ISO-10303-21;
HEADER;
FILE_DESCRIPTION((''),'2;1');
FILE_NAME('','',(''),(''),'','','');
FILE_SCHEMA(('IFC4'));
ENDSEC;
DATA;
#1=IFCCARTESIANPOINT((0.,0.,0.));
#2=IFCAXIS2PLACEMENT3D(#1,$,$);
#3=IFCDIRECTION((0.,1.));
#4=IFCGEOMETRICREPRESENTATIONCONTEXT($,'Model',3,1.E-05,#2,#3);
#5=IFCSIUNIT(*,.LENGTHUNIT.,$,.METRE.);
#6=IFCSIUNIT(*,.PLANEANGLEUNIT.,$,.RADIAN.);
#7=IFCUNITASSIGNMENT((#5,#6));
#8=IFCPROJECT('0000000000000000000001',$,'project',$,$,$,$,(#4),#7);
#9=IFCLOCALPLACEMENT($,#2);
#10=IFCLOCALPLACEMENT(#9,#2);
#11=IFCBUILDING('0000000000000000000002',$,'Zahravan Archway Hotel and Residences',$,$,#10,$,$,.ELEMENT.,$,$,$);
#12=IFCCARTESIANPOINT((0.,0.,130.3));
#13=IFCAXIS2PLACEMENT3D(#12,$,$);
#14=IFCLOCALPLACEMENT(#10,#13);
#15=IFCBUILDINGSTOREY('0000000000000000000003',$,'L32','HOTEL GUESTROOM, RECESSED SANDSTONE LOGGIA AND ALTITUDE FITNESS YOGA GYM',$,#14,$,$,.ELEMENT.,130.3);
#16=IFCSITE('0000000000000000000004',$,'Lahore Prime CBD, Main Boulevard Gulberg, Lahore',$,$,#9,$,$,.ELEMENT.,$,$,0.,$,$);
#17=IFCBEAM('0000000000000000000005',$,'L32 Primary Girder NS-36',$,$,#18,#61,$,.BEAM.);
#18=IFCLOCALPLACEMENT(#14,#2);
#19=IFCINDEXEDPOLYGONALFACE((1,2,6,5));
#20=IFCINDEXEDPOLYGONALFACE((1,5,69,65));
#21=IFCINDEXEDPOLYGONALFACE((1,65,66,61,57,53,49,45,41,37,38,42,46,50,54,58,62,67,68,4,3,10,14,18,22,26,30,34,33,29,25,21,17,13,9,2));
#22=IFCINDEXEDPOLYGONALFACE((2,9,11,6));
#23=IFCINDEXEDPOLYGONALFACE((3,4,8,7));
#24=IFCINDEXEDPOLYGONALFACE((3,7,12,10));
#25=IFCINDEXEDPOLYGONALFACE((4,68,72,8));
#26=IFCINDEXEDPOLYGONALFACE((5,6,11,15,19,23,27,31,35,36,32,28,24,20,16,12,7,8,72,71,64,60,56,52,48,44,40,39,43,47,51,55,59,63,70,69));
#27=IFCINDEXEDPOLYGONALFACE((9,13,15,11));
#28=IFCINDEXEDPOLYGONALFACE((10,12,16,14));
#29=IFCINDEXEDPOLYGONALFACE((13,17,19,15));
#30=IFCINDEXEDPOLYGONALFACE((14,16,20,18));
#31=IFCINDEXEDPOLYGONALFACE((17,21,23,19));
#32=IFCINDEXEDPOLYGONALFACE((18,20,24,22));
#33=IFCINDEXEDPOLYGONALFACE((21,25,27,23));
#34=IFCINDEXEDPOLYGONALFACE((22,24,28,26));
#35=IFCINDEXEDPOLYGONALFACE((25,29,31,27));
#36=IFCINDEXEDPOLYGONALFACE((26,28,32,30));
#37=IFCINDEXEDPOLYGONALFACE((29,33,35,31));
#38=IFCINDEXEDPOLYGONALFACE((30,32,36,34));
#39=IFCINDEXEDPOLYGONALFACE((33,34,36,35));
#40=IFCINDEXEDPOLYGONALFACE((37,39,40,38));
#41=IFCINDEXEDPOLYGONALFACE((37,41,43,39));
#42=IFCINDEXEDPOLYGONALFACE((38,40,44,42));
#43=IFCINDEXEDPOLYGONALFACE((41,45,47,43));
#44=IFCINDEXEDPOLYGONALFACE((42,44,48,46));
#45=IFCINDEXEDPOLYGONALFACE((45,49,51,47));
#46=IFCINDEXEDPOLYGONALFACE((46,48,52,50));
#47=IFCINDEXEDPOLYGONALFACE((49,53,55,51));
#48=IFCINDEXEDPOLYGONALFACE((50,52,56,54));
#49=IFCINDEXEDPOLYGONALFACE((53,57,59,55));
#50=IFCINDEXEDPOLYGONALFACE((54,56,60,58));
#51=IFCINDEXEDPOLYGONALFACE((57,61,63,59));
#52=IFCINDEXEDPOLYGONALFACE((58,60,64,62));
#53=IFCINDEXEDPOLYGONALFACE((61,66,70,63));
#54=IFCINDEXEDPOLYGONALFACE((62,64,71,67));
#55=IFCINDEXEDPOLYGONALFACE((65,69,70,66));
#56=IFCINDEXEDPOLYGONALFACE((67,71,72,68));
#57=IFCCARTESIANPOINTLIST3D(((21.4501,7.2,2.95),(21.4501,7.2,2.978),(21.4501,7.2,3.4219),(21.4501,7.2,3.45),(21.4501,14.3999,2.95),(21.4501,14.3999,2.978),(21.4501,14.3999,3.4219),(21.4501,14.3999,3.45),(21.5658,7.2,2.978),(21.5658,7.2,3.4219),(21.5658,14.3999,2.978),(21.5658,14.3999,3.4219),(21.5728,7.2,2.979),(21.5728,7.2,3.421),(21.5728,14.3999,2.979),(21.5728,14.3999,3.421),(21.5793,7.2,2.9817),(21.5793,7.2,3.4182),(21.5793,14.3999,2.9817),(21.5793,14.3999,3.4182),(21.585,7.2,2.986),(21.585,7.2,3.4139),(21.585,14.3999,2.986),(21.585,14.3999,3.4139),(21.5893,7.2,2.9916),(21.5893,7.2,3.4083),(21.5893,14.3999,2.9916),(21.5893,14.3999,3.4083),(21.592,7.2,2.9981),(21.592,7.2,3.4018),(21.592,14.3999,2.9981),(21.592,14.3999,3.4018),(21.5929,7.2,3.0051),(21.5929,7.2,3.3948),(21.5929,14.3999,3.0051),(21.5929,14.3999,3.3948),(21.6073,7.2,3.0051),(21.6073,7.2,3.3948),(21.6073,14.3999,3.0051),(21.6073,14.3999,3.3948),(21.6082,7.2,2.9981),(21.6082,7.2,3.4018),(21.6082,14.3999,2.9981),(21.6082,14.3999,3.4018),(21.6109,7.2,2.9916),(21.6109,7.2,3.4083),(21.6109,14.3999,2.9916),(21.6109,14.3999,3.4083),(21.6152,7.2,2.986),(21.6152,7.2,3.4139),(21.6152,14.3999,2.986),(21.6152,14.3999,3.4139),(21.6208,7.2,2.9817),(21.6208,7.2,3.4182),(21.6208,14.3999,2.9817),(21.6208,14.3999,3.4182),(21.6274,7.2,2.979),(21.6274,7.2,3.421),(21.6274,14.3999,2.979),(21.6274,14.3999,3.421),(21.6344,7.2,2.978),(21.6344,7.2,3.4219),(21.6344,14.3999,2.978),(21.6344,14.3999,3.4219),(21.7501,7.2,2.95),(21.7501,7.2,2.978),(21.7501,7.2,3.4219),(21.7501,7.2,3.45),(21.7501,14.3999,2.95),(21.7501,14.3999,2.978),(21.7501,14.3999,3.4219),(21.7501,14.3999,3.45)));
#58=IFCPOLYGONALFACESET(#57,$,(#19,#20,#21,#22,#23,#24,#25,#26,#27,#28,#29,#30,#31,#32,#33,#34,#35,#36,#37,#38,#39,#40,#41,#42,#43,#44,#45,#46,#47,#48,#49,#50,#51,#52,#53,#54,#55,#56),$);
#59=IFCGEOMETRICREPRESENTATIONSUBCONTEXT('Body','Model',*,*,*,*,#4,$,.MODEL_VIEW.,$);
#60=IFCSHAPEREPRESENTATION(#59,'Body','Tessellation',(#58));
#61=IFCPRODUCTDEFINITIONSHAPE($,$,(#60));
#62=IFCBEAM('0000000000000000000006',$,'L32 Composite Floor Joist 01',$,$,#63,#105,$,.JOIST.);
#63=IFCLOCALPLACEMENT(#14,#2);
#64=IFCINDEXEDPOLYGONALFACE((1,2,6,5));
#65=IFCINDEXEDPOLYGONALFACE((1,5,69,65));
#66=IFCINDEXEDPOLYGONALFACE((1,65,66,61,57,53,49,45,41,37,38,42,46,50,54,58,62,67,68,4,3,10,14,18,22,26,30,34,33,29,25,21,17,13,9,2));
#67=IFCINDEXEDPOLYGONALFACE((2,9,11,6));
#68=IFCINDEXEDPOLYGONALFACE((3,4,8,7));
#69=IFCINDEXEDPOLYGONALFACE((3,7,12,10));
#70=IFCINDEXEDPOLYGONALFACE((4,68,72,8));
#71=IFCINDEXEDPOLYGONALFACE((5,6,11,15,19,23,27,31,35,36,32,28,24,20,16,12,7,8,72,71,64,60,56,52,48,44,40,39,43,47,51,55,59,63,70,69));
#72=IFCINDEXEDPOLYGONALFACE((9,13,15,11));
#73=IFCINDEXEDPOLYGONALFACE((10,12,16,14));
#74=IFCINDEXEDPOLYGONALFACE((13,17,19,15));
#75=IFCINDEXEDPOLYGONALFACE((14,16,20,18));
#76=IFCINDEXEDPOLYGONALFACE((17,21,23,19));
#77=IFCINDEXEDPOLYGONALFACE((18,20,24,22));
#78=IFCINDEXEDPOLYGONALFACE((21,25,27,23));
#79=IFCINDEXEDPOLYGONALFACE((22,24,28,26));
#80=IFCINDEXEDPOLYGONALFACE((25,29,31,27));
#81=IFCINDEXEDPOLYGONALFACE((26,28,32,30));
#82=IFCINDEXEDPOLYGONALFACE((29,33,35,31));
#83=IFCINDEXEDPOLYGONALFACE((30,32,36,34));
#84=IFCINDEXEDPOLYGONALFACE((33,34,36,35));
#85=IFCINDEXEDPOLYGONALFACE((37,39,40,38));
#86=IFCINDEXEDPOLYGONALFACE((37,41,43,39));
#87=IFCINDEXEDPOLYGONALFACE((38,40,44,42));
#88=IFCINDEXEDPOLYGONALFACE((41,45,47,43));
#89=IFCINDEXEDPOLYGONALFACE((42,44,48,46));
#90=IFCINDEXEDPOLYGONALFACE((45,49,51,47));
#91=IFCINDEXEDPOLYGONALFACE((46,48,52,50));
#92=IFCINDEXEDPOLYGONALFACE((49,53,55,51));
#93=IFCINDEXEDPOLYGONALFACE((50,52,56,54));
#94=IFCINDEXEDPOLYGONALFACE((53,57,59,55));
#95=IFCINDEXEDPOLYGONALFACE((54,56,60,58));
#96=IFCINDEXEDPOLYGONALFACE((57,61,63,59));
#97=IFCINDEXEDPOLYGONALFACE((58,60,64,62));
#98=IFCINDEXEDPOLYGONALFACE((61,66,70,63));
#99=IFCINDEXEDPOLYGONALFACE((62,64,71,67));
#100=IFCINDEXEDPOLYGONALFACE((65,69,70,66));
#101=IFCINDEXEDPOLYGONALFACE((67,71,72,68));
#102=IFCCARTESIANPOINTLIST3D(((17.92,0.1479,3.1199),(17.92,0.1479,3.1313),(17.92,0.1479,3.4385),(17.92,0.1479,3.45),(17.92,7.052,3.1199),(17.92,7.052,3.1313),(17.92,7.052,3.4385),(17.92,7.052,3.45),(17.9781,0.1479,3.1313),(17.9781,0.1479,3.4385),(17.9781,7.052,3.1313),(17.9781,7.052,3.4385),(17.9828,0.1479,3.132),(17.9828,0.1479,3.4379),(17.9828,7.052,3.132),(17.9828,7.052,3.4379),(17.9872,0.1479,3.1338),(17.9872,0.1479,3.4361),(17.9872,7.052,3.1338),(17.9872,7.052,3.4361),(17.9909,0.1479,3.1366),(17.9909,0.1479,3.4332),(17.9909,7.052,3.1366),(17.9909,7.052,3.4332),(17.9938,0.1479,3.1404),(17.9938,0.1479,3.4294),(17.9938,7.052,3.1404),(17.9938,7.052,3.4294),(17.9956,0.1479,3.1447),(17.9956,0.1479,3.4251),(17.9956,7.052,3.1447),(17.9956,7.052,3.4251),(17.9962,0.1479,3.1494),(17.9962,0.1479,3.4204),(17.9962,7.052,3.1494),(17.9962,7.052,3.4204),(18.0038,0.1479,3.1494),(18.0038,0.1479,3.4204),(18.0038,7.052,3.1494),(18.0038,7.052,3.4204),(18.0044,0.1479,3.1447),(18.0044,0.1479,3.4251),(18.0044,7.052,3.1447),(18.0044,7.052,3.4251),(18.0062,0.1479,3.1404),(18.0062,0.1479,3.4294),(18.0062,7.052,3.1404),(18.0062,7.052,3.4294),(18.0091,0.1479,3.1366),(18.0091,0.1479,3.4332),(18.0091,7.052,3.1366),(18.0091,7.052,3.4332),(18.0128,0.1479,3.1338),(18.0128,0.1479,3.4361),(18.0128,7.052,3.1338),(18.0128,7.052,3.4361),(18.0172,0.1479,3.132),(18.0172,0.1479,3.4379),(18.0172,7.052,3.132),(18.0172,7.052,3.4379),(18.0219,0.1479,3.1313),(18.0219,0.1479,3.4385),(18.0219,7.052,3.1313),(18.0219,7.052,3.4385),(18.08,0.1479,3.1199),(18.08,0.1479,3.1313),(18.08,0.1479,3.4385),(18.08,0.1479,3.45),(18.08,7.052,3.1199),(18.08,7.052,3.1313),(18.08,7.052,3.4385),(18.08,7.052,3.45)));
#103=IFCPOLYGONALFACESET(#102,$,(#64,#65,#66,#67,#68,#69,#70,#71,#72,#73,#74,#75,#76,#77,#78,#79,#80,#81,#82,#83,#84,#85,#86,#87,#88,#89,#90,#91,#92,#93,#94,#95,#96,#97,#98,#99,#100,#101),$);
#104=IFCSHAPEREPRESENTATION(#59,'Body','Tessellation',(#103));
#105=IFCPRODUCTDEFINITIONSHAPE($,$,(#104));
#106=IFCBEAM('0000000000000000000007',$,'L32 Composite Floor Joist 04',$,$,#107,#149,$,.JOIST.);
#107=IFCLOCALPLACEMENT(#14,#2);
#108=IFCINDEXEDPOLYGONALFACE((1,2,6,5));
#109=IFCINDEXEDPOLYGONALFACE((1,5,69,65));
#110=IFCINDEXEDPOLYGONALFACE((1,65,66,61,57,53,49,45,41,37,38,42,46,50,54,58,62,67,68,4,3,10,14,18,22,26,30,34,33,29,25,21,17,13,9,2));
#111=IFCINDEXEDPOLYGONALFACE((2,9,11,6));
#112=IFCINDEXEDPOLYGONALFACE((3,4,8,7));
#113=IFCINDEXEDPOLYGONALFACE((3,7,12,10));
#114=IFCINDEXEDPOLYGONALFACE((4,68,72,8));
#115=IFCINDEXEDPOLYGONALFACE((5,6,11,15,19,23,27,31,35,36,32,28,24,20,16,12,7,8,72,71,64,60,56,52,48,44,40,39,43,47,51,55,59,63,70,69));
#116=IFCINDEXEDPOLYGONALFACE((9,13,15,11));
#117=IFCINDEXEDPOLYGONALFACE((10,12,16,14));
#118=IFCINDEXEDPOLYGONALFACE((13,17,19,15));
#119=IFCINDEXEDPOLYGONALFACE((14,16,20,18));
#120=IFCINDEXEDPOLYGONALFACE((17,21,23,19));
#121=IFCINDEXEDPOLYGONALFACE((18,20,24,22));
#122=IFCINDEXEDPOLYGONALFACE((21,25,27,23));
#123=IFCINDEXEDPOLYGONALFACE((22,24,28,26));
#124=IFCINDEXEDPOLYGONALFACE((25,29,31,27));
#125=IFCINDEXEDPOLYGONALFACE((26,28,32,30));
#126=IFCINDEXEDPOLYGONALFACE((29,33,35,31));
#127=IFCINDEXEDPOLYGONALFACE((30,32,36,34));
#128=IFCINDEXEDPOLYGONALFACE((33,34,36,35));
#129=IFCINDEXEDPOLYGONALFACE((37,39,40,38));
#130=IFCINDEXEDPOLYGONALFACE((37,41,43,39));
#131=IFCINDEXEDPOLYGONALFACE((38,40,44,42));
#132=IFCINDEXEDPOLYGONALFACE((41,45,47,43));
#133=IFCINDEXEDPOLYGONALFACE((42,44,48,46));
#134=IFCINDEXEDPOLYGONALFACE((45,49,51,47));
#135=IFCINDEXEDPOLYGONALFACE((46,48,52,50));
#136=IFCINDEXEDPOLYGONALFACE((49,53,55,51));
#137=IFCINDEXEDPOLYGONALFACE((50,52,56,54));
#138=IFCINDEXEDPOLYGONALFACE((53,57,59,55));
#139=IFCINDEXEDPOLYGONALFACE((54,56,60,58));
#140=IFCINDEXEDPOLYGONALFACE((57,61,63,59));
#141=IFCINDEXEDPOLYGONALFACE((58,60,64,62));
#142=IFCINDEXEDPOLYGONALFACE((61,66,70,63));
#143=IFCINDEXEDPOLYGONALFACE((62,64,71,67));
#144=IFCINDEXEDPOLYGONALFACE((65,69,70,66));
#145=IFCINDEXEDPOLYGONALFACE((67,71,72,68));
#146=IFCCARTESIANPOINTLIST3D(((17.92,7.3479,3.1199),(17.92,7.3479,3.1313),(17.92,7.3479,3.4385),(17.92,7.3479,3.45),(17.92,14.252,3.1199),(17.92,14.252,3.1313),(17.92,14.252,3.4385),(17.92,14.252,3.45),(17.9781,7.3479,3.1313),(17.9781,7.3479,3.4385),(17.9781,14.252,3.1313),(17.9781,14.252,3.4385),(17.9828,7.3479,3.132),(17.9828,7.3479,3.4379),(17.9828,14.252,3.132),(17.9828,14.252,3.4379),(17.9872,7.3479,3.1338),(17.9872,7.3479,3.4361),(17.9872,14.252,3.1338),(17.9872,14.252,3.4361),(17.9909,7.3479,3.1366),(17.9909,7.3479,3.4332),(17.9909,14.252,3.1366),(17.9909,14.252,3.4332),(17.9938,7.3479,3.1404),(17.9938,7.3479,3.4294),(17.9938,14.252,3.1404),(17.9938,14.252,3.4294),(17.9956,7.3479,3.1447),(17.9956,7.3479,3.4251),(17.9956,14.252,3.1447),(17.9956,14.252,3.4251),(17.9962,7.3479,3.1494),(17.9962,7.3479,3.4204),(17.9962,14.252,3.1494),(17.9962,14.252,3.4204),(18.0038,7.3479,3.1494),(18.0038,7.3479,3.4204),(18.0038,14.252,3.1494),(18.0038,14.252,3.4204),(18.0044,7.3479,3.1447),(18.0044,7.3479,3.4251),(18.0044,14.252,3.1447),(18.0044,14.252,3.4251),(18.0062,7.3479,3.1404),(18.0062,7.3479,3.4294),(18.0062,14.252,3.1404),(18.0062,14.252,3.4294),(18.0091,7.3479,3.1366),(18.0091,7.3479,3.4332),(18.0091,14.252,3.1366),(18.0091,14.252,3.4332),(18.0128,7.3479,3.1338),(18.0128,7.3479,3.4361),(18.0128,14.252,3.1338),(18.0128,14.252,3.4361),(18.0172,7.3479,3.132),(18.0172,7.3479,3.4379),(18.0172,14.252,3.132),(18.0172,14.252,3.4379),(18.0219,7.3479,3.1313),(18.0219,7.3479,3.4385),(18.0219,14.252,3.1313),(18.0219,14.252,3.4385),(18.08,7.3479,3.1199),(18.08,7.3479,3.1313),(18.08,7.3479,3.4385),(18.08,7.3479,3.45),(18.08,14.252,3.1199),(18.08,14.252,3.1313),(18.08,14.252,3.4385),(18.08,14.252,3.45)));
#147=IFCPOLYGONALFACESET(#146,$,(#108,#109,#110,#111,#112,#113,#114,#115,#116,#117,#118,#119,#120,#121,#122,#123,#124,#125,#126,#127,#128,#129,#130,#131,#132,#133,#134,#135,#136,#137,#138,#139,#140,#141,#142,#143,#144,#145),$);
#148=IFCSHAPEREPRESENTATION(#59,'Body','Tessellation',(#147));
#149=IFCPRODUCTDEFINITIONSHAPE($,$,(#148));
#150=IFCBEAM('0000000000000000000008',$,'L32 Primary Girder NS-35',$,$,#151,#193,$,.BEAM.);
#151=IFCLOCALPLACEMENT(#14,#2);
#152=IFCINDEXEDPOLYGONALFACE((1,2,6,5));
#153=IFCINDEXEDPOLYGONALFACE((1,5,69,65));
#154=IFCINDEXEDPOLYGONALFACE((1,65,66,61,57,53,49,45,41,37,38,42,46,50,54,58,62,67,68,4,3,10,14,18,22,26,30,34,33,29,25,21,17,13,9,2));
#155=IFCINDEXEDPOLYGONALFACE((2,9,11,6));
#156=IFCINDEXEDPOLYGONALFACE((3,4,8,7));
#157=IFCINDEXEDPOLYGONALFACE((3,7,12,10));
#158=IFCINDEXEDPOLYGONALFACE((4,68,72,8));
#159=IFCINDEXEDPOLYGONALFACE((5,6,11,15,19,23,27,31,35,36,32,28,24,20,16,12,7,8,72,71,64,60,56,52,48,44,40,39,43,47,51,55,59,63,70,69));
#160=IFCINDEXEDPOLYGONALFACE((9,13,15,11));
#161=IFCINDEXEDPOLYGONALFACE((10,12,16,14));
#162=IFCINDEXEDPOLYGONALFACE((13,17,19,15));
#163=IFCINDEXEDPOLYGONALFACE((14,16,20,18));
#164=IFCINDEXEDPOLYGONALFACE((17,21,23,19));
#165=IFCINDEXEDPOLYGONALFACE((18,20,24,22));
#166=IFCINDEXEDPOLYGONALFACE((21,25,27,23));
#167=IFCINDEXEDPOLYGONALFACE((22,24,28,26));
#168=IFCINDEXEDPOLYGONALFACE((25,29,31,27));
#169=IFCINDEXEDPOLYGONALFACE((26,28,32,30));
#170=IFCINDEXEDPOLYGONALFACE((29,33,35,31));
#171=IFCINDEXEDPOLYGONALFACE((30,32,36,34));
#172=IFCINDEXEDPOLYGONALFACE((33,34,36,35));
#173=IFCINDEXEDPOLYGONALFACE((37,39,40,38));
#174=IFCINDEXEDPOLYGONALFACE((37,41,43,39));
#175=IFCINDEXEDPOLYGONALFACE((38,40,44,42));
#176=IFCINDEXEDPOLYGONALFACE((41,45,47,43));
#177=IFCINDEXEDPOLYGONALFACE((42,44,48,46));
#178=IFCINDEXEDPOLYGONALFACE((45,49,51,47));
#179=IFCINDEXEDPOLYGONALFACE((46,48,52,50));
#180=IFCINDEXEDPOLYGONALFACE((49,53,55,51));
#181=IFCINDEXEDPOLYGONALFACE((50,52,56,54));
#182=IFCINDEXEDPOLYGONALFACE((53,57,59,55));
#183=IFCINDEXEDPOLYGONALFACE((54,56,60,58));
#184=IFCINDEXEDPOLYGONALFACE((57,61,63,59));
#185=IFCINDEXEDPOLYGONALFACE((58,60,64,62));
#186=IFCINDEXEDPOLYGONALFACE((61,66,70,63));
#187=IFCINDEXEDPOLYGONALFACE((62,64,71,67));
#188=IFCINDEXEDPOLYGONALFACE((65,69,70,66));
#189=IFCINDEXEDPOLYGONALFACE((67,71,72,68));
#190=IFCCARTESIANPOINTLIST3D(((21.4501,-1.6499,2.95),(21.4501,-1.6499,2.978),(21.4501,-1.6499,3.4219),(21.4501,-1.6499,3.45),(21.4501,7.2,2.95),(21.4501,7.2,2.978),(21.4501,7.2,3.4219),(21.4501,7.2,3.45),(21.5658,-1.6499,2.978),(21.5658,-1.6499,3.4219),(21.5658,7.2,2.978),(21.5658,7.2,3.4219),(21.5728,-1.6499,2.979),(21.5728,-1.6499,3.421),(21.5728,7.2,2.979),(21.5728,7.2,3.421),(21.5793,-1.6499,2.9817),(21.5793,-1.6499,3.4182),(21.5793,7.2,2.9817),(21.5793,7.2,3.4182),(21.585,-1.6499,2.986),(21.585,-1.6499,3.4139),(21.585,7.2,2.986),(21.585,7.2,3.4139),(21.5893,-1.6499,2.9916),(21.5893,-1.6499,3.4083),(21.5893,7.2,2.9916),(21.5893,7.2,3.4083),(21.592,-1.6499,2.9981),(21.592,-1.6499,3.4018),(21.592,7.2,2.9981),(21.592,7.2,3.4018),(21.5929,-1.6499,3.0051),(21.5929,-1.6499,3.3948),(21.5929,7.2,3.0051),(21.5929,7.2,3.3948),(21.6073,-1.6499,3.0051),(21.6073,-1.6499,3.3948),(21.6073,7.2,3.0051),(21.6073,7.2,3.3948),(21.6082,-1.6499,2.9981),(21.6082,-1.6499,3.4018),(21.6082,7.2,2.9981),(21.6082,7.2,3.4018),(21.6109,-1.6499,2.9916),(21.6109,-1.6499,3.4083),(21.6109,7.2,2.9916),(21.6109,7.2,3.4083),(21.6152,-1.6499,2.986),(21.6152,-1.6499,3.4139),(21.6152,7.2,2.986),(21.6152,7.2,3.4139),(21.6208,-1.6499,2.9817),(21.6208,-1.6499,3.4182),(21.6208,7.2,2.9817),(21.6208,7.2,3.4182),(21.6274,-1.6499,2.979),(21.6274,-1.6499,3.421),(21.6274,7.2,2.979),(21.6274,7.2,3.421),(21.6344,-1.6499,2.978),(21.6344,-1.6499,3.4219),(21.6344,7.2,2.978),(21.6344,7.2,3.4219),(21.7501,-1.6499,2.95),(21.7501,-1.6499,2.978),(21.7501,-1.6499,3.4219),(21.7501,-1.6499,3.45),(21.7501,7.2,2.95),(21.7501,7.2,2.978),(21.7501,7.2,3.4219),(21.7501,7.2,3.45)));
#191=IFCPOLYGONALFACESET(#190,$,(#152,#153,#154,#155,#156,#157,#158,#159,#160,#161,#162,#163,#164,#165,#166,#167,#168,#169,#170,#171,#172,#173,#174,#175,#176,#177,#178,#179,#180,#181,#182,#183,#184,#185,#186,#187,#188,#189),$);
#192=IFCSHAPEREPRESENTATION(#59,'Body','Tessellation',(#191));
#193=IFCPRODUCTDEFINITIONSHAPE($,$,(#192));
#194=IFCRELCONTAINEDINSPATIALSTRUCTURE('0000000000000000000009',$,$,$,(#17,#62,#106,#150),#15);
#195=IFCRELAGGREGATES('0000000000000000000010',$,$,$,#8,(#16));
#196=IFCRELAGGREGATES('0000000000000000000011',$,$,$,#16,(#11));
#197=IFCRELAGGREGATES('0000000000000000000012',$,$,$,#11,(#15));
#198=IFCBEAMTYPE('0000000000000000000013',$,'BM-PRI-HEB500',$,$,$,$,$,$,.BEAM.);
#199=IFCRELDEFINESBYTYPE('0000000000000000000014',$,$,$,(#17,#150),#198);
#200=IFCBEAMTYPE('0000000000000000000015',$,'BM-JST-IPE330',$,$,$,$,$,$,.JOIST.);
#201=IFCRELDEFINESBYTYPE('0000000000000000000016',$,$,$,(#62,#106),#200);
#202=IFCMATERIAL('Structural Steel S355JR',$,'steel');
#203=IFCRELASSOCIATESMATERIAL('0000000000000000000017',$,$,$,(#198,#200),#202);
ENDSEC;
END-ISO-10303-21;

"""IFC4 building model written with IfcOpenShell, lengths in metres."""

from ifc_helpers import new_model, si_unit, direction, frame, origin, origin_2d, place, context, subcontext, project, spatial, i_section, extrude, source, transform, mapped, material, material_profile, profile_set, type_object, type_shapes, element, save


model = new_model("IFC4")

# Units and contexts
model_context = context("Model", 3, precision=1e-05, world=origin(), true_north=direction((0.0, 1.0)))
body_context = subcontext(model_context, "Body", "Model", "MODEL_VIEW")
ifc_project = project(units=[si_unit("LENGTHUNIT", "METRE"), si_unit("PLANEANGLEUNIT", "RADIAN")], contexts=[model_context])

# Site, building, storey
site_placement = place(None, origin())
site = spatial("IfcSite", under=ifc_project, at=site_placement, Name="Lahore Prime CBD, Main Boulevard Gulberg, Lahore", CompositionType="ELEMENT", RefElevation=0.0)
building_placement = place(site_placement, origin())
building = spatial("IfcBuilding", under=site, at=building_placement, Name="Zahravan Archway Hotel and Residences", CompositionType="ELEMENT")
storey_placement = place(building_placement, frame((0.0, 0.0, 130.3)))
storey = spatial("IfcBuildingStorey", under=building, at=storey_placement, Name="L32", Description="HOTEL GUESTROOM, RECESSED SANDSTONE LOGGIA AND ALTITUDE FITNESS YOGA GYM", CompositionType="ELEMENT", Elevation=130.3)

# Beams
ifc_material_1 = material(Name="Structural Steel S355JR", Category="steel")
ifc_material_profile_1 = material_profile(ifc_material_1, i_section(OverallWidth=0.3, OverallDepth=0.5, WebThickness=0.0144, FlangeThickness=0.0281, FilletRadius=0.0271, at=origin_2d()), Name="HEB 500", Category="steel")
ifc_profile_set_1 = profile_set([ifc_material_profile_1], Name="Structural Steel S355JR")
beam_type_1 = type_object("IfcBeamType", Name="BM-PRI-HEB500", PredefinedType="BEAM", material=ifc_profile_set_1)
shared_shape_1 = source(origin(), body_context, "Body", "SweptSolid", [
    extrude(i_section(OverallWidth=0.3, OverallDepth=0.5, WebThickness=0.0144, FlangeThickness=0.0281, FilletRadius=0.0271, at=origin_2d()), origin(), (0.0, 0.0, 1.0), 7.2),
])
for number, where, z_axis, x_axis, name in (
    (1, (21.6001, 7.2, 3.2), (0.0, 1.0, 0.0), (-1.0, 0.0, 0.0), "L32 Primary Girder NS-36"),
):
    element("IfcBeam", number, at=place(storey_placement, frame(where, z_axis=z_axis, x_axis=x_axis)), inside=storey, type_object=beam_type_1, Name=name, PredefinedType="BEAM", context=body_context, shape_type="MappedRepresentation", body=[
        mapped(shared_shape_1, transform((0.0, 0.0, 0.0), scale=1.0)),
    ])
ifc_material_profile_2 = material_profile(ifc_material_1, i_section(OverallWidth=0.1599, OverallDepth=0.3301, WebThickness=0.0076, FlangeThickness=0.0115, FilletRadius=0.0181, at=origin_2d()), Name="IPE 330", Category="steel")
ifc_profile_set_2 = profile_set([ifc_material_profile_2], Name="Structural Steel S355JR")
beam_type_2 = type_object("IfcBeamType", Name="BM-JST-IPE330", PredefinedType="JOIST", material=ifc_profile_set_2)
shared_shape_2 = source(origin(), body_context, "Body", "SweptSolid", [
    extrude(i_section(OverallWidth=0.1599, OverallDepth=0.3301, WebThickness=0.0076, FlangeThickness=0.0115, FilletRadius=0.0181, at=origin_2d()), origin(), (0.0, 0.0, 1.0), 6.9041),
])
type_shapes(beam_type_2, [shared_shape_2])
for number, where, z_axis, x_axis, name in (
    (2, (18.0, 0.1479, 3.2849), (0.0, 1.0, 0.0), (-1.0, 0.0, 0.0), "L32 Composite Floor Joist 01"),
    (3, (18.0, 7.3479, 3.2849), (0.0, 1.0, 0.0), (-1.0, 0.0, 0.0), "L32 Composite Floor Joist 04"),
):
    element("IfcBeam", number, at=place(storey_placement, frame(where, z_axis=z_axis, x_axis=x_axis)), inside=storey, type_object=beam_type_2, Name=name, PredefinedType="JOIST", context=body_context, shape_type="MappedRepresentation", body=[
        mapped(shared_shape_2, transform((0.0, 0.0, 0.0), scale=1.0)),
    ])
shared_shape_3 = source(origin(), body_context, "Body", "SweptSolid", [
    extrude(i_section(OverallWidth=0.3, OverallDepth=0.5, WebThickness=0.0144, FlangeThickness=0.0281, FilletRadius=0.0271, at=origin_2d()), origin(), (0.0, 0.0, 1.0), 8.8499),
])
beam_1_placement = place(storey_placement, frame((21.6001, -1.6499, 3.2), z_axis=(0.0, 1.0, 0.0), x_axis=(-1.0, 0.0, 0.0)))
element("IfcBeam", 4, at=beam_1_placement, inside=storey, type_object=beam_type_1, Name="L32 Primary Girder NS-35", PredefinedType="BEAM", context=body_context, shape_type="MappedRepresentation", body=[
    mapped(shared_shape_3, transform((0.0, 0.0, 0.0), scale=1.0)),
])

save(model, "model.ifc")
